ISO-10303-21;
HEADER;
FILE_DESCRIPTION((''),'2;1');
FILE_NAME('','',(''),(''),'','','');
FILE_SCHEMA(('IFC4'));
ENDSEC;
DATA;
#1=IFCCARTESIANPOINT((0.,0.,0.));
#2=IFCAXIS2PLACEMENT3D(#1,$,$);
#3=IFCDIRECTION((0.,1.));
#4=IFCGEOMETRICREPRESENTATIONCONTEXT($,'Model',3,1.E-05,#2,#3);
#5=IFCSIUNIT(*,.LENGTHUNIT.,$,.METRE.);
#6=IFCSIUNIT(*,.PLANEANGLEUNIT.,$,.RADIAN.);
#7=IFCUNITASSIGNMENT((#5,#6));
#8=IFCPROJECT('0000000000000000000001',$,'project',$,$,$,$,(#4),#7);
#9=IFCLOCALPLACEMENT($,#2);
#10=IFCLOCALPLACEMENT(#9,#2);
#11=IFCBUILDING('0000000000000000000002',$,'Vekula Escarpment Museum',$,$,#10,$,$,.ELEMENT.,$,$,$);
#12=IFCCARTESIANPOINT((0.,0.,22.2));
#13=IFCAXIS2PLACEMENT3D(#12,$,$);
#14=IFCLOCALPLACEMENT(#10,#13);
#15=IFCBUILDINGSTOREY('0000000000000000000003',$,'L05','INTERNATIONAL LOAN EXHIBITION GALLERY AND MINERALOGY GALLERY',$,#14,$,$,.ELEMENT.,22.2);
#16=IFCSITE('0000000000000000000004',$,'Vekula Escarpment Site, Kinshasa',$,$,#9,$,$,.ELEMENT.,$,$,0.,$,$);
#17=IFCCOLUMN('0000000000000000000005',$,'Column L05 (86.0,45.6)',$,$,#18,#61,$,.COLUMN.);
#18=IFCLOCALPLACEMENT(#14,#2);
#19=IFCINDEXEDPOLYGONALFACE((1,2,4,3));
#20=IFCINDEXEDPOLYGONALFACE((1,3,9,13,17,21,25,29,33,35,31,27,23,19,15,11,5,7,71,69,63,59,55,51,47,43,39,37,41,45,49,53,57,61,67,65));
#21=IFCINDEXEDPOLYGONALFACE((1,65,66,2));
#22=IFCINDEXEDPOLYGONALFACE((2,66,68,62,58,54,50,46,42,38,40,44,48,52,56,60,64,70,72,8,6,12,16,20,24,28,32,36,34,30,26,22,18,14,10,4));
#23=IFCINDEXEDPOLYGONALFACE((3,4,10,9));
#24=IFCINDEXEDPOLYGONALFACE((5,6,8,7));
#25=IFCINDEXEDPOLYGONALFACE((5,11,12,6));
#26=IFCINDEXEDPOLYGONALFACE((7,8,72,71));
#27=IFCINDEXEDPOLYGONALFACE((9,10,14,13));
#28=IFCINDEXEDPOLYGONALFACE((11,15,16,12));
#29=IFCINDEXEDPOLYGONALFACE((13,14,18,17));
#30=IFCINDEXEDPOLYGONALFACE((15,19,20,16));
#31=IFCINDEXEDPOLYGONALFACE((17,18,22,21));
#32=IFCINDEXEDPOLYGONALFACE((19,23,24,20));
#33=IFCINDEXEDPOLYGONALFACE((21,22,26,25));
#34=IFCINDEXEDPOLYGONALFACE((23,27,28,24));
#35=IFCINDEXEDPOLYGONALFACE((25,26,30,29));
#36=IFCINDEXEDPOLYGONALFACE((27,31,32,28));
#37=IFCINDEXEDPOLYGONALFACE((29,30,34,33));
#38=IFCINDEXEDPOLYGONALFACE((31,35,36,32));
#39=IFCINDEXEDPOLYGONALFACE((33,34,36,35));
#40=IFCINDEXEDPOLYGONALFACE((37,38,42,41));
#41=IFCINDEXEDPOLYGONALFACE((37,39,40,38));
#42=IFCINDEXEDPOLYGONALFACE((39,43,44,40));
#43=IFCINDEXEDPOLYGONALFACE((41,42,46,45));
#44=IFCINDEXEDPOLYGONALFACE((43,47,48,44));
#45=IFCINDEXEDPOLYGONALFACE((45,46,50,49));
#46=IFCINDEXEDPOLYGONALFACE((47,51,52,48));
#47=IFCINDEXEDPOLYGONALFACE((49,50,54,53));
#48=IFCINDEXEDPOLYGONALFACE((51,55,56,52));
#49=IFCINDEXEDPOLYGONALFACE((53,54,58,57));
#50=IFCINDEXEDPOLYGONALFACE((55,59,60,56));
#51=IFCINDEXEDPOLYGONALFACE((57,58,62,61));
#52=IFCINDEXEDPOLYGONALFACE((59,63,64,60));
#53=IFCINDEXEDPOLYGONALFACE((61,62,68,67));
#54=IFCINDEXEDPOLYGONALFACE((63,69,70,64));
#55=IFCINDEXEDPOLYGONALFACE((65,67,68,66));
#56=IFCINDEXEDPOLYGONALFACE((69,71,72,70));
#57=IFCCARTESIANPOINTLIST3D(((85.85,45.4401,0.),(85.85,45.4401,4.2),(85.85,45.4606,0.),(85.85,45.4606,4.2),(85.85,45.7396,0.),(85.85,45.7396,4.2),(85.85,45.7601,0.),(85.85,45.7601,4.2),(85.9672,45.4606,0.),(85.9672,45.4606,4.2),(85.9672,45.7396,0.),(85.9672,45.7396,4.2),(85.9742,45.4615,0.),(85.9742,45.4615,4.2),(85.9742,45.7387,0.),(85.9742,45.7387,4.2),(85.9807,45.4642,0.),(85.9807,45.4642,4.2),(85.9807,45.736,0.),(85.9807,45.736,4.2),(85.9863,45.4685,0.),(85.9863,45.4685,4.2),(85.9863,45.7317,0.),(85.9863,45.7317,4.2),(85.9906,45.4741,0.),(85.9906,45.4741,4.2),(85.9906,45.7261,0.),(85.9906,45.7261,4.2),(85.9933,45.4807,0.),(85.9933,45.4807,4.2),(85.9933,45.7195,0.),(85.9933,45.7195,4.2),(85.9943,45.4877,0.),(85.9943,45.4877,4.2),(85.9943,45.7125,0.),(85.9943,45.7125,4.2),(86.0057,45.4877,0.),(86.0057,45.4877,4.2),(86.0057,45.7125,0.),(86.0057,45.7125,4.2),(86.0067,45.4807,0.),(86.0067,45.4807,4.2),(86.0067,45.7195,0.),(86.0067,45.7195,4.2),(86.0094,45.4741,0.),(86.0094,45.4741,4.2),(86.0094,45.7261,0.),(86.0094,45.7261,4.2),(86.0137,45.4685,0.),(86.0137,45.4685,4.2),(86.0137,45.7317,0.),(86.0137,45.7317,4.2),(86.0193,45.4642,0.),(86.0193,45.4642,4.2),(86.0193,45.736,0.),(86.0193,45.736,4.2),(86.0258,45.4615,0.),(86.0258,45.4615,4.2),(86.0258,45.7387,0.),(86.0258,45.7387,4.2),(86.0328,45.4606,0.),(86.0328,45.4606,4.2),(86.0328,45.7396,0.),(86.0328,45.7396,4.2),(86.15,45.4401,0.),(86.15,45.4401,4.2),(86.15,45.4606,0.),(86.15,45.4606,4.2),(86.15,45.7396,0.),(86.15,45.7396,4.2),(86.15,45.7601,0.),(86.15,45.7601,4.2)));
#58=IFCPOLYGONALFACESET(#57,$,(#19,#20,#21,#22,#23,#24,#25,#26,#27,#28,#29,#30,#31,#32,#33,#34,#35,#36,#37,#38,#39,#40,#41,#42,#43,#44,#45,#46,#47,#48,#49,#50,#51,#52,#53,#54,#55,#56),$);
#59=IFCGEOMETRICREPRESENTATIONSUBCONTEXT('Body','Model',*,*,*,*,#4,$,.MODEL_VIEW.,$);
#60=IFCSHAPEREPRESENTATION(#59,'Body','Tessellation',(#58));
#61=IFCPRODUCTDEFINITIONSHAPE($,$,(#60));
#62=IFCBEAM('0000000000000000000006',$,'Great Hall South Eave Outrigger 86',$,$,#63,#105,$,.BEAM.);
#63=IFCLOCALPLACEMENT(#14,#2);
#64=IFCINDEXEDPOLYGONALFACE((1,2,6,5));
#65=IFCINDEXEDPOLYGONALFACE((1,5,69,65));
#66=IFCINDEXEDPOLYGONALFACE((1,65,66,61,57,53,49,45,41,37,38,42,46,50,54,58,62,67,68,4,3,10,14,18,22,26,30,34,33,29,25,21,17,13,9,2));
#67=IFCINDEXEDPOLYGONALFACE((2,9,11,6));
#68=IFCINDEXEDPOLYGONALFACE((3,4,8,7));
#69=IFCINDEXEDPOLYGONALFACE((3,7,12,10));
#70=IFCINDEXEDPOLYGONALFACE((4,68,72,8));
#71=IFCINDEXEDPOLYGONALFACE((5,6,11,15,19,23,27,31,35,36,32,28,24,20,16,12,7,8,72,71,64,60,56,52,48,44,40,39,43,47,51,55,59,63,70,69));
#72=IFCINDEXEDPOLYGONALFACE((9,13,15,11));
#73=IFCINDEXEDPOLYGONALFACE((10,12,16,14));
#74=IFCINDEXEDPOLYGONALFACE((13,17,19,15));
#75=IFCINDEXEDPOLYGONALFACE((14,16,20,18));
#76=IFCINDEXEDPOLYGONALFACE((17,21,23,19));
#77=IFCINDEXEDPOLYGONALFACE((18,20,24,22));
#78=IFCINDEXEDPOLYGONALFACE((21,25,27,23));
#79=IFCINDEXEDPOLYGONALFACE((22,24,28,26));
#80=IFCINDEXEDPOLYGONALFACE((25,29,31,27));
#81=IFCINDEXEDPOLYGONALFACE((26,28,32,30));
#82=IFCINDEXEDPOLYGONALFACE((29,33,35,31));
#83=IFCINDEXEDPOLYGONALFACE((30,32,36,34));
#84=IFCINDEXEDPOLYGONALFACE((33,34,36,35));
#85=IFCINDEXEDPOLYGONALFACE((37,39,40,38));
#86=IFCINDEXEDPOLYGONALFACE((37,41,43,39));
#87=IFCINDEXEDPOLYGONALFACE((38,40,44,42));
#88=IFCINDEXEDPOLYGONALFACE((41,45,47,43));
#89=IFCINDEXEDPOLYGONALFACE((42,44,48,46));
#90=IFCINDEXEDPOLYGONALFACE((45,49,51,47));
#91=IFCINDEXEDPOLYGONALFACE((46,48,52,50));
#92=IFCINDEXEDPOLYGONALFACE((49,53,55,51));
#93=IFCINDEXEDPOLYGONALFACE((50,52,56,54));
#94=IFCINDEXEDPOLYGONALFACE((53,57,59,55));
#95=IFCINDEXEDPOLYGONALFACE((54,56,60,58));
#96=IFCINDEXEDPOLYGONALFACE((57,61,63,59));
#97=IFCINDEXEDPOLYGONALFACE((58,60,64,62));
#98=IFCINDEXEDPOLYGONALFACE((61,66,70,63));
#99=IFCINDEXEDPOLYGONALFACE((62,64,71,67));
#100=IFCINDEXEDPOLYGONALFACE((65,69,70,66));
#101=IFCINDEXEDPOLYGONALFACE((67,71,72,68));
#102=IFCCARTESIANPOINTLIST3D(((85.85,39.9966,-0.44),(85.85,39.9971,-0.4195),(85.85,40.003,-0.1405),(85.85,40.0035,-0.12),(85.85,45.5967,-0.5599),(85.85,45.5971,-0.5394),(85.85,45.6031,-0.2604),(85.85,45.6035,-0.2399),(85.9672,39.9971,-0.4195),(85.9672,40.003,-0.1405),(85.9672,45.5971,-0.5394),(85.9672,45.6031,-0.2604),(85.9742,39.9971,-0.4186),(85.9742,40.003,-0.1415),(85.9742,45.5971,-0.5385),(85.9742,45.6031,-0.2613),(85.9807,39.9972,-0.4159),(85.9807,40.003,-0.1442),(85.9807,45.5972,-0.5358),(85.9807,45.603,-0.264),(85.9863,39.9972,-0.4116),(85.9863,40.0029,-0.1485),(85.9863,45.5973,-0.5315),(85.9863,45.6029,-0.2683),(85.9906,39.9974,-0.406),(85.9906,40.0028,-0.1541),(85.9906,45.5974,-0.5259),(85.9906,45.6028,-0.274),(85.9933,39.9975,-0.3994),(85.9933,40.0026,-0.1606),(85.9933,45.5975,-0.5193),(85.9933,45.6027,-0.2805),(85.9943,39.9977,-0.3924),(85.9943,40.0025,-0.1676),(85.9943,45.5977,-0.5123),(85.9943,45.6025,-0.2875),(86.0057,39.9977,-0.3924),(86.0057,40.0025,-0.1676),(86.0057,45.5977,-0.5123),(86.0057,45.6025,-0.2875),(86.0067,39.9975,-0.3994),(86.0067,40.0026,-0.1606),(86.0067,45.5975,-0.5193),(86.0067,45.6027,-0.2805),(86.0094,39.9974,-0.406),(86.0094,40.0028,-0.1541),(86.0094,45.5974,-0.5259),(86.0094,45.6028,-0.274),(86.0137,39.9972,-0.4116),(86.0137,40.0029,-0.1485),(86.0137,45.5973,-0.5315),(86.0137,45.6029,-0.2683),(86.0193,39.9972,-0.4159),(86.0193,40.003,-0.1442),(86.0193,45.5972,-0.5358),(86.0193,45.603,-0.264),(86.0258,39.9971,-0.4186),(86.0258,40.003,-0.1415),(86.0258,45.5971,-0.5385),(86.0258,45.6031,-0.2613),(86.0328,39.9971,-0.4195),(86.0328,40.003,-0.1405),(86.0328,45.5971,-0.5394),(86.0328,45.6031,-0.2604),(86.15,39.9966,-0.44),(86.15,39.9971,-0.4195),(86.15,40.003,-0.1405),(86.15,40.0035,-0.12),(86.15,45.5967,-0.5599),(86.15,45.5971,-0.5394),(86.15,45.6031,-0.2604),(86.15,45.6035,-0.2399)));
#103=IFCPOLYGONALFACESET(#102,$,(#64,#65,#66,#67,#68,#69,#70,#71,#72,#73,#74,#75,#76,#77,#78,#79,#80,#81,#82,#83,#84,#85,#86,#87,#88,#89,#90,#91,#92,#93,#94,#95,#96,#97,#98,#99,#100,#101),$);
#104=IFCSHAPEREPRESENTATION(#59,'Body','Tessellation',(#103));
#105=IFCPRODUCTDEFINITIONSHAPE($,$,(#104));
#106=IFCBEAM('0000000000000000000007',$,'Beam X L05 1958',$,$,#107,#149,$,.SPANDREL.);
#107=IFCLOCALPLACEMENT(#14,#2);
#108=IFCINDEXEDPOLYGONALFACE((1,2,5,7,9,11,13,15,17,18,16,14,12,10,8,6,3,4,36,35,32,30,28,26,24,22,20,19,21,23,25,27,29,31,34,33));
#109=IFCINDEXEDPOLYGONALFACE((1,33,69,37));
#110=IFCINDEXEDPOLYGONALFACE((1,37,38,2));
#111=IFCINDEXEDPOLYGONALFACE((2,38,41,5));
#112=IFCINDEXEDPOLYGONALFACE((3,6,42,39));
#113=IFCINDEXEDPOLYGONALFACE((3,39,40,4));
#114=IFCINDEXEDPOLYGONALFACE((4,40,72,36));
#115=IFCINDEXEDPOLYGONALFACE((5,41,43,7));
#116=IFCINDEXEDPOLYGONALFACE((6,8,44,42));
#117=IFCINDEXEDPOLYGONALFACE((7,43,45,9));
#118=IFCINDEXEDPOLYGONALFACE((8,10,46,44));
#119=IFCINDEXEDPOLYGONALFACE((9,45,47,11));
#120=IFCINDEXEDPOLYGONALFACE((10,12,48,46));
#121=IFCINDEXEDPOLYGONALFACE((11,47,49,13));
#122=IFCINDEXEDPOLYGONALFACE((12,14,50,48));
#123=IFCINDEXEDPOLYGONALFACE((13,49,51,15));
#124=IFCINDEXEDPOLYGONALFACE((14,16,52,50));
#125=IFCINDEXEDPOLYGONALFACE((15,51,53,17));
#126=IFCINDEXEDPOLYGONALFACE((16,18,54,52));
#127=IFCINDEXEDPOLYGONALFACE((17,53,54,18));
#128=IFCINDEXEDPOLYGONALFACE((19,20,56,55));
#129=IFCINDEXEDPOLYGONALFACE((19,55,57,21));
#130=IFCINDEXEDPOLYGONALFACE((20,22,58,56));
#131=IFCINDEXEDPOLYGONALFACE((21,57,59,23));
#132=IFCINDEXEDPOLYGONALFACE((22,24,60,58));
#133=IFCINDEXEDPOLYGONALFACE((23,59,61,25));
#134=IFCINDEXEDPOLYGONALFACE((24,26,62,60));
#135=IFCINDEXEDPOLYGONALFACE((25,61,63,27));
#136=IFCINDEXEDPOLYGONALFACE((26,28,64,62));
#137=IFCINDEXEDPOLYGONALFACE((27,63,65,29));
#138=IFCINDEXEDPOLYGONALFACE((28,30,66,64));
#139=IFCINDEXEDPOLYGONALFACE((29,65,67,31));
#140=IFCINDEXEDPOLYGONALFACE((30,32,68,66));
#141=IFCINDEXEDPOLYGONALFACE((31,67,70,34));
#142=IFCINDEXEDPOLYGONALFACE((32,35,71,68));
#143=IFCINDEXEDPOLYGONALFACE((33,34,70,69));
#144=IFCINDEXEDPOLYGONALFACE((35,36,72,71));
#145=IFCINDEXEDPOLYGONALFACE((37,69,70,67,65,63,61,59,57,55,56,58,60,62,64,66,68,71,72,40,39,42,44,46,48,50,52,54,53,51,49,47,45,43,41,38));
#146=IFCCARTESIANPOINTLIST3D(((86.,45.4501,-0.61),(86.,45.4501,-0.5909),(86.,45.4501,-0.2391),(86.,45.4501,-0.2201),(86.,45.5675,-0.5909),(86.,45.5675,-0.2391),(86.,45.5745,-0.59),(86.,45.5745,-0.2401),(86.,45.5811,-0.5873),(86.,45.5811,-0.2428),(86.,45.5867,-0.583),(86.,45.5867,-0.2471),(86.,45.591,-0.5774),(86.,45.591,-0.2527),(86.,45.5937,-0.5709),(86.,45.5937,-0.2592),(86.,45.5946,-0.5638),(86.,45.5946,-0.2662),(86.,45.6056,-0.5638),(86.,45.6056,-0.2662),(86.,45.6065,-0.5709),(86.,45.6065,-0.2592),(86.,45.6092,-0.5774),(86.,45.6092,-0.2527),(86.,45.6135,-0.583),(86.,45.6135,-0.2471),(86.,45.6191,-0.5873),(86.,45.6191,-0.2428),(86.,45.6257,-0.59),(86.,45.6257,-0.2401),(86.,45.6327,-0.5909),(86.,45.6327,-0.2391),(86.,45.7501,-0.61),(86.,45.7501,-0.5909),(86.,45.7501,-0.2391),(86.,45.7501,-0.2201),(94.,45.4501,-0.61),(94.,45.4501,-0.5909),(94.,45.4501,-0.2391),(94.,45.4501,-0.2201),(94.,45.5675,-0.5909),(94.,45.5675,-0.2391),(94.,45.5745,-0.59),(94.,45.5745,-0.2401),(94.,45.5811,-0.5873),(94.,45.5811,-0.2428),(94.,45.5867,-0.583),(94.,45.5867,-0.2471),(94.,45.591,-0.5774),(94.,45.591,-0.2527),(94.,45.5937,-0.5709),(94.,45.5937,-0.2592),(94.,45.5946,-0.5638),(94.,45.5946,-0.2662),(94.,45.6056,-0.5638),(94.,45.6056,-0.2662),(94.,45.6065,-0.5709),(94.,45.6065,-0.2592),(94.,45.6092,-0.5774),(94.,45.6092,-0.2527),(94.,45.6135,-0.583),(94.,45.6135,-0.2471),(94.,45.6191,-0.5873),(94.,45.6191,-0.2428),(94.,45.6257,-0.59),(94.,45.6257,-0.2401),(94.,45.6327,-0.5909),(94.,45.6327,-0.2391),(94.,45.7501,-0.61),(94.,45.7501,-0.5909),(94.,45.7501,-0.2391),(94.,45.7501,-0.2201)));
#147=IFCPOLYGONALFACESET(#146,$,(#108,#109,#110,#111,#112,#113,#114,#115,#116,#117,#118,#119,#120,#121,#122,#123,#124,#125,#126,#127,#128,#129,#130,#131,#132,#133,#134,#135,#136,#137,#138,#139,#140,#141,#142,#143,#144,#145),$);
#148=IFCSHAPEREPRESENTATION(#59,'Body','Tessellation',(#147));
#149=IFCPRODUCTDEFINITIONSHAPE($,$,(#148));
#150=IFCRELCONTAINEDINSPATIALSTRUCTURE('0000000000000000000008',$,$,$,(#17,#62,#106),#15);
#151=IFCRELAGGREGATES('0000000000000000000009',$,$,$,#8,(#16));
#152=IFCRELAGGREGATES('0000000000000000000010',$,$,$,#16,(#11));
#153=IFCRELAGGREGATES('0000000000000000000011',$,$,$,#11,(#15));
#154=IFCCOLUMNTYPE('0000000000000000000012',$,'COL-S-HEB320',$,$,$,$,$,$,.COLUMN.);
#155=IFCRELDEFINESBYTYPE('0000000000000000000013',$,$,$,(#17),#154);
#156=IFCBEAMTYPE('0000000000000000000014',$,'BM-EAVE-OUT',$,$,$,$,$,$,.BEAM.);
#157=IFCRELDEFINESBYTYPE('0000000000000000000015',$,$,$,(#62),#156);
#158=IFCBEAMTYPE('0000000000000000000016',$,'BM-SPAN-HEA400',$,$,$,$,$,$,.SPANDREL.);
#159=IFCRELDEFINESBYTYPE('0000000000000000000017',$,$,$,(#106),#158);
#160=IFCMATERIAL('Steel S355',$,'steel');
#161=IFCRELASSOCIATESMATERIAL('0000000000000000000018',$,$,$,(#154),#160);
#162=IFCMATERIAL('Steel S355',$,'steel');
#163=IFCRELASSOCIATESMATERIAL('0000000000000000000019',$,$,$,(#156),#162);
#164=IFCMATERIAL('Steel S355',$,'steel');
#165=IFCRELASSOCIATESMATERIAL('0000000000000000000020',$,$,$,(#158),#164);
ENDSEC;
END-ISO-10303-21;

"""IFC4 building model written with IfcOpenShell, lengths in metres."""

from ifc_helpers import new_model, si_unit, direction, frame, origin, origin_2d, place, context, subcontext, project, spatial, i_section, extrude, material, material_profile, profile_set, type_object, element, save


model = new_model("IFC4")

# Units and contexts
model_context = context("Model", 3, precision=1e-05, world=origin(), true_north=direction((0.0, 1.0)))
body_context = subcontext(model_context, "Body", "Model", "MODEL_VIEW")
ifc_project = project(units=[si_unit("LENGTHUNIT", "METRE"), si_unit("PLANEANGLEUNIT", "RADIAN")], contexts=[model_context])

# Site, building, storey
site_placement = place(None, origin())
site = spatial("IfcSite", under=ifc_project, at=site_placement, Name="Vekula Escarpment Site, Kinshasa", CompositionType="ELEMENT", RefElevation=0.0)
building_placement = place(site_placement, origin())
building = spatial("IfcBuilding", under=site, at=building_placement, Name="Vekula Escarpment Museum", CompositionType="ELEMENT")
storey_placement = place(building_placement, frame((0.0, 0.0, 22.2)))
storey = spatial("IfcBuildingStorey", under=building, at=storey_placement, Name="L05", Description="INTERNATIONAL LOAN EXHIBITION GALLERY AND MINERALOGY GALLERY", CompositionType="ELEMENT", Elevation=22.2)

# Column
ifc_material_1 = material(Name="Steel S355", Category="steel")
ifc_material_profile_1 = material_profile(ifc_material_1, i_section(OverallWidth=0.3, OverallDepth=0.3201, WebThickness=0.0115, FlangeThickness=0.0205, FilletRadius=0.0271, at=origin_2d()), Name="HEB 320")
ifc_profile_set_1 = profile_set([ifc_material_profile_1], Name="Steel S355")
column_type = type_object("IfcColumnType", Name="COL-S-HEB320", PredefinedType="COLUMN", material=ifc_profile_set_1)
column_placement = place(storey_placement, frame((86.0, 45.6001, 0.0), z_axis=(0.0, 0.0, 1.0), x_axis=(1.0, 0.0, 0.0)))
element("IfcColumn", 1, at=column_placement, inside=storey, type_object=column_type, Name="Column L05 (86.0,45.6)", PredefinedType="COLUMN", context=body_context, shape_type="SweptSolid", body=[
    extrude(i_section(OverallWidth=0.3, OverallDepth=0.3201, WebThickness=0.0115, FlangeThickness=0.0205, FilletRadius=0.0271, at=origin_2d()), origin(), (0.0, 0.0, 1.0), 4.2),
])

# Beams
ifc_material_2 = material(Name="Steel S355", Category="steel")
ifc_material_profile_2 = material_profile(ifc_material_2, i_section(OverallWidth=0.3, OverallDepth=0.3201, WebThickness=0.0115, FlangeThickness=0.0205, FilletRadius=0.0271, at=origin_2d()), Name="HEB 320")
ifc_profile_set_2 = profile_set([ifc_material_profile_2], Name="Steel S355")
beam_type_1 = type_object("IfcBeamType", Name="BM-EAVE-OUT", PredefinedType="BEAM", material=ifc_profile_set_2)
beam_1_placement = place(storey_placement, frame((86.0, 45.6001, -0.3999), z_axis=(0.0, -0.999771, 0.021401), x_axis=(1.0, 0.0, 0.0)))
element("IfcBeam", 2, at=beam_1_placement, inside=storey, type_object=beam_type_1, Name="Great Hall South Eave Outrigger 86", PredefinedType="BEAM", context=body_context, shape_type="SweptSolid", body=[
    extrude(i_section(OverallWidth=0.3, OverallDepth=0.3201, WebThickness=0.0115, FlangeThickness=0.0205, FilletRadius=0.0271, at=origin_2d()), origin(), (0.0, 0.0, 1.0), 5.6013),
])
ifc_material_3 = material(Name="Steel S355", Category="steel")
ifc_material_profile_3 = material_profile(ifc_material_3, i_section(OverallWidth=0.3, OverallDepth=0.3899, WebThickness=0.011, FlangeThickness=0.019, FilletRadius=0.0271, at=origin_2d()), Name="HEA 400")
ifc_profile_set_3 = profile_set([ifc_material_profile_3], Name="Steel S355")
beam_type_2 = type_object("IfcBeamType", Name="BM-SPAN-HEA400", PredefinedType="SPANDREL", material=ifc_profile_set_3)
beam_2_placement = place(storey_placement, frame((86.0, 45.6001, -0.415), z_axis=(1.0, 0.0, 0.0), x_axis=(0.0, 1.0, 0.0)))
element("IfcBeam", 3, at=beam_2_placement, inside=storey, type_object=beam_type_2, Name="Beam X L05 1958", PredefinedType="SPANDREL", context=body_context, shape_type="SweptSolid", body=[
    extrude(i_section(OverallWidth=0.3, OverallDepth=0.3899, WebThickness=0.011, FlangeThickness=0.019, FilletRadius=0.0271, at=origin_2d()), origin(), (0.0, 0.0, 1.0), 8.0),
])

save(model, "model.ifc")
